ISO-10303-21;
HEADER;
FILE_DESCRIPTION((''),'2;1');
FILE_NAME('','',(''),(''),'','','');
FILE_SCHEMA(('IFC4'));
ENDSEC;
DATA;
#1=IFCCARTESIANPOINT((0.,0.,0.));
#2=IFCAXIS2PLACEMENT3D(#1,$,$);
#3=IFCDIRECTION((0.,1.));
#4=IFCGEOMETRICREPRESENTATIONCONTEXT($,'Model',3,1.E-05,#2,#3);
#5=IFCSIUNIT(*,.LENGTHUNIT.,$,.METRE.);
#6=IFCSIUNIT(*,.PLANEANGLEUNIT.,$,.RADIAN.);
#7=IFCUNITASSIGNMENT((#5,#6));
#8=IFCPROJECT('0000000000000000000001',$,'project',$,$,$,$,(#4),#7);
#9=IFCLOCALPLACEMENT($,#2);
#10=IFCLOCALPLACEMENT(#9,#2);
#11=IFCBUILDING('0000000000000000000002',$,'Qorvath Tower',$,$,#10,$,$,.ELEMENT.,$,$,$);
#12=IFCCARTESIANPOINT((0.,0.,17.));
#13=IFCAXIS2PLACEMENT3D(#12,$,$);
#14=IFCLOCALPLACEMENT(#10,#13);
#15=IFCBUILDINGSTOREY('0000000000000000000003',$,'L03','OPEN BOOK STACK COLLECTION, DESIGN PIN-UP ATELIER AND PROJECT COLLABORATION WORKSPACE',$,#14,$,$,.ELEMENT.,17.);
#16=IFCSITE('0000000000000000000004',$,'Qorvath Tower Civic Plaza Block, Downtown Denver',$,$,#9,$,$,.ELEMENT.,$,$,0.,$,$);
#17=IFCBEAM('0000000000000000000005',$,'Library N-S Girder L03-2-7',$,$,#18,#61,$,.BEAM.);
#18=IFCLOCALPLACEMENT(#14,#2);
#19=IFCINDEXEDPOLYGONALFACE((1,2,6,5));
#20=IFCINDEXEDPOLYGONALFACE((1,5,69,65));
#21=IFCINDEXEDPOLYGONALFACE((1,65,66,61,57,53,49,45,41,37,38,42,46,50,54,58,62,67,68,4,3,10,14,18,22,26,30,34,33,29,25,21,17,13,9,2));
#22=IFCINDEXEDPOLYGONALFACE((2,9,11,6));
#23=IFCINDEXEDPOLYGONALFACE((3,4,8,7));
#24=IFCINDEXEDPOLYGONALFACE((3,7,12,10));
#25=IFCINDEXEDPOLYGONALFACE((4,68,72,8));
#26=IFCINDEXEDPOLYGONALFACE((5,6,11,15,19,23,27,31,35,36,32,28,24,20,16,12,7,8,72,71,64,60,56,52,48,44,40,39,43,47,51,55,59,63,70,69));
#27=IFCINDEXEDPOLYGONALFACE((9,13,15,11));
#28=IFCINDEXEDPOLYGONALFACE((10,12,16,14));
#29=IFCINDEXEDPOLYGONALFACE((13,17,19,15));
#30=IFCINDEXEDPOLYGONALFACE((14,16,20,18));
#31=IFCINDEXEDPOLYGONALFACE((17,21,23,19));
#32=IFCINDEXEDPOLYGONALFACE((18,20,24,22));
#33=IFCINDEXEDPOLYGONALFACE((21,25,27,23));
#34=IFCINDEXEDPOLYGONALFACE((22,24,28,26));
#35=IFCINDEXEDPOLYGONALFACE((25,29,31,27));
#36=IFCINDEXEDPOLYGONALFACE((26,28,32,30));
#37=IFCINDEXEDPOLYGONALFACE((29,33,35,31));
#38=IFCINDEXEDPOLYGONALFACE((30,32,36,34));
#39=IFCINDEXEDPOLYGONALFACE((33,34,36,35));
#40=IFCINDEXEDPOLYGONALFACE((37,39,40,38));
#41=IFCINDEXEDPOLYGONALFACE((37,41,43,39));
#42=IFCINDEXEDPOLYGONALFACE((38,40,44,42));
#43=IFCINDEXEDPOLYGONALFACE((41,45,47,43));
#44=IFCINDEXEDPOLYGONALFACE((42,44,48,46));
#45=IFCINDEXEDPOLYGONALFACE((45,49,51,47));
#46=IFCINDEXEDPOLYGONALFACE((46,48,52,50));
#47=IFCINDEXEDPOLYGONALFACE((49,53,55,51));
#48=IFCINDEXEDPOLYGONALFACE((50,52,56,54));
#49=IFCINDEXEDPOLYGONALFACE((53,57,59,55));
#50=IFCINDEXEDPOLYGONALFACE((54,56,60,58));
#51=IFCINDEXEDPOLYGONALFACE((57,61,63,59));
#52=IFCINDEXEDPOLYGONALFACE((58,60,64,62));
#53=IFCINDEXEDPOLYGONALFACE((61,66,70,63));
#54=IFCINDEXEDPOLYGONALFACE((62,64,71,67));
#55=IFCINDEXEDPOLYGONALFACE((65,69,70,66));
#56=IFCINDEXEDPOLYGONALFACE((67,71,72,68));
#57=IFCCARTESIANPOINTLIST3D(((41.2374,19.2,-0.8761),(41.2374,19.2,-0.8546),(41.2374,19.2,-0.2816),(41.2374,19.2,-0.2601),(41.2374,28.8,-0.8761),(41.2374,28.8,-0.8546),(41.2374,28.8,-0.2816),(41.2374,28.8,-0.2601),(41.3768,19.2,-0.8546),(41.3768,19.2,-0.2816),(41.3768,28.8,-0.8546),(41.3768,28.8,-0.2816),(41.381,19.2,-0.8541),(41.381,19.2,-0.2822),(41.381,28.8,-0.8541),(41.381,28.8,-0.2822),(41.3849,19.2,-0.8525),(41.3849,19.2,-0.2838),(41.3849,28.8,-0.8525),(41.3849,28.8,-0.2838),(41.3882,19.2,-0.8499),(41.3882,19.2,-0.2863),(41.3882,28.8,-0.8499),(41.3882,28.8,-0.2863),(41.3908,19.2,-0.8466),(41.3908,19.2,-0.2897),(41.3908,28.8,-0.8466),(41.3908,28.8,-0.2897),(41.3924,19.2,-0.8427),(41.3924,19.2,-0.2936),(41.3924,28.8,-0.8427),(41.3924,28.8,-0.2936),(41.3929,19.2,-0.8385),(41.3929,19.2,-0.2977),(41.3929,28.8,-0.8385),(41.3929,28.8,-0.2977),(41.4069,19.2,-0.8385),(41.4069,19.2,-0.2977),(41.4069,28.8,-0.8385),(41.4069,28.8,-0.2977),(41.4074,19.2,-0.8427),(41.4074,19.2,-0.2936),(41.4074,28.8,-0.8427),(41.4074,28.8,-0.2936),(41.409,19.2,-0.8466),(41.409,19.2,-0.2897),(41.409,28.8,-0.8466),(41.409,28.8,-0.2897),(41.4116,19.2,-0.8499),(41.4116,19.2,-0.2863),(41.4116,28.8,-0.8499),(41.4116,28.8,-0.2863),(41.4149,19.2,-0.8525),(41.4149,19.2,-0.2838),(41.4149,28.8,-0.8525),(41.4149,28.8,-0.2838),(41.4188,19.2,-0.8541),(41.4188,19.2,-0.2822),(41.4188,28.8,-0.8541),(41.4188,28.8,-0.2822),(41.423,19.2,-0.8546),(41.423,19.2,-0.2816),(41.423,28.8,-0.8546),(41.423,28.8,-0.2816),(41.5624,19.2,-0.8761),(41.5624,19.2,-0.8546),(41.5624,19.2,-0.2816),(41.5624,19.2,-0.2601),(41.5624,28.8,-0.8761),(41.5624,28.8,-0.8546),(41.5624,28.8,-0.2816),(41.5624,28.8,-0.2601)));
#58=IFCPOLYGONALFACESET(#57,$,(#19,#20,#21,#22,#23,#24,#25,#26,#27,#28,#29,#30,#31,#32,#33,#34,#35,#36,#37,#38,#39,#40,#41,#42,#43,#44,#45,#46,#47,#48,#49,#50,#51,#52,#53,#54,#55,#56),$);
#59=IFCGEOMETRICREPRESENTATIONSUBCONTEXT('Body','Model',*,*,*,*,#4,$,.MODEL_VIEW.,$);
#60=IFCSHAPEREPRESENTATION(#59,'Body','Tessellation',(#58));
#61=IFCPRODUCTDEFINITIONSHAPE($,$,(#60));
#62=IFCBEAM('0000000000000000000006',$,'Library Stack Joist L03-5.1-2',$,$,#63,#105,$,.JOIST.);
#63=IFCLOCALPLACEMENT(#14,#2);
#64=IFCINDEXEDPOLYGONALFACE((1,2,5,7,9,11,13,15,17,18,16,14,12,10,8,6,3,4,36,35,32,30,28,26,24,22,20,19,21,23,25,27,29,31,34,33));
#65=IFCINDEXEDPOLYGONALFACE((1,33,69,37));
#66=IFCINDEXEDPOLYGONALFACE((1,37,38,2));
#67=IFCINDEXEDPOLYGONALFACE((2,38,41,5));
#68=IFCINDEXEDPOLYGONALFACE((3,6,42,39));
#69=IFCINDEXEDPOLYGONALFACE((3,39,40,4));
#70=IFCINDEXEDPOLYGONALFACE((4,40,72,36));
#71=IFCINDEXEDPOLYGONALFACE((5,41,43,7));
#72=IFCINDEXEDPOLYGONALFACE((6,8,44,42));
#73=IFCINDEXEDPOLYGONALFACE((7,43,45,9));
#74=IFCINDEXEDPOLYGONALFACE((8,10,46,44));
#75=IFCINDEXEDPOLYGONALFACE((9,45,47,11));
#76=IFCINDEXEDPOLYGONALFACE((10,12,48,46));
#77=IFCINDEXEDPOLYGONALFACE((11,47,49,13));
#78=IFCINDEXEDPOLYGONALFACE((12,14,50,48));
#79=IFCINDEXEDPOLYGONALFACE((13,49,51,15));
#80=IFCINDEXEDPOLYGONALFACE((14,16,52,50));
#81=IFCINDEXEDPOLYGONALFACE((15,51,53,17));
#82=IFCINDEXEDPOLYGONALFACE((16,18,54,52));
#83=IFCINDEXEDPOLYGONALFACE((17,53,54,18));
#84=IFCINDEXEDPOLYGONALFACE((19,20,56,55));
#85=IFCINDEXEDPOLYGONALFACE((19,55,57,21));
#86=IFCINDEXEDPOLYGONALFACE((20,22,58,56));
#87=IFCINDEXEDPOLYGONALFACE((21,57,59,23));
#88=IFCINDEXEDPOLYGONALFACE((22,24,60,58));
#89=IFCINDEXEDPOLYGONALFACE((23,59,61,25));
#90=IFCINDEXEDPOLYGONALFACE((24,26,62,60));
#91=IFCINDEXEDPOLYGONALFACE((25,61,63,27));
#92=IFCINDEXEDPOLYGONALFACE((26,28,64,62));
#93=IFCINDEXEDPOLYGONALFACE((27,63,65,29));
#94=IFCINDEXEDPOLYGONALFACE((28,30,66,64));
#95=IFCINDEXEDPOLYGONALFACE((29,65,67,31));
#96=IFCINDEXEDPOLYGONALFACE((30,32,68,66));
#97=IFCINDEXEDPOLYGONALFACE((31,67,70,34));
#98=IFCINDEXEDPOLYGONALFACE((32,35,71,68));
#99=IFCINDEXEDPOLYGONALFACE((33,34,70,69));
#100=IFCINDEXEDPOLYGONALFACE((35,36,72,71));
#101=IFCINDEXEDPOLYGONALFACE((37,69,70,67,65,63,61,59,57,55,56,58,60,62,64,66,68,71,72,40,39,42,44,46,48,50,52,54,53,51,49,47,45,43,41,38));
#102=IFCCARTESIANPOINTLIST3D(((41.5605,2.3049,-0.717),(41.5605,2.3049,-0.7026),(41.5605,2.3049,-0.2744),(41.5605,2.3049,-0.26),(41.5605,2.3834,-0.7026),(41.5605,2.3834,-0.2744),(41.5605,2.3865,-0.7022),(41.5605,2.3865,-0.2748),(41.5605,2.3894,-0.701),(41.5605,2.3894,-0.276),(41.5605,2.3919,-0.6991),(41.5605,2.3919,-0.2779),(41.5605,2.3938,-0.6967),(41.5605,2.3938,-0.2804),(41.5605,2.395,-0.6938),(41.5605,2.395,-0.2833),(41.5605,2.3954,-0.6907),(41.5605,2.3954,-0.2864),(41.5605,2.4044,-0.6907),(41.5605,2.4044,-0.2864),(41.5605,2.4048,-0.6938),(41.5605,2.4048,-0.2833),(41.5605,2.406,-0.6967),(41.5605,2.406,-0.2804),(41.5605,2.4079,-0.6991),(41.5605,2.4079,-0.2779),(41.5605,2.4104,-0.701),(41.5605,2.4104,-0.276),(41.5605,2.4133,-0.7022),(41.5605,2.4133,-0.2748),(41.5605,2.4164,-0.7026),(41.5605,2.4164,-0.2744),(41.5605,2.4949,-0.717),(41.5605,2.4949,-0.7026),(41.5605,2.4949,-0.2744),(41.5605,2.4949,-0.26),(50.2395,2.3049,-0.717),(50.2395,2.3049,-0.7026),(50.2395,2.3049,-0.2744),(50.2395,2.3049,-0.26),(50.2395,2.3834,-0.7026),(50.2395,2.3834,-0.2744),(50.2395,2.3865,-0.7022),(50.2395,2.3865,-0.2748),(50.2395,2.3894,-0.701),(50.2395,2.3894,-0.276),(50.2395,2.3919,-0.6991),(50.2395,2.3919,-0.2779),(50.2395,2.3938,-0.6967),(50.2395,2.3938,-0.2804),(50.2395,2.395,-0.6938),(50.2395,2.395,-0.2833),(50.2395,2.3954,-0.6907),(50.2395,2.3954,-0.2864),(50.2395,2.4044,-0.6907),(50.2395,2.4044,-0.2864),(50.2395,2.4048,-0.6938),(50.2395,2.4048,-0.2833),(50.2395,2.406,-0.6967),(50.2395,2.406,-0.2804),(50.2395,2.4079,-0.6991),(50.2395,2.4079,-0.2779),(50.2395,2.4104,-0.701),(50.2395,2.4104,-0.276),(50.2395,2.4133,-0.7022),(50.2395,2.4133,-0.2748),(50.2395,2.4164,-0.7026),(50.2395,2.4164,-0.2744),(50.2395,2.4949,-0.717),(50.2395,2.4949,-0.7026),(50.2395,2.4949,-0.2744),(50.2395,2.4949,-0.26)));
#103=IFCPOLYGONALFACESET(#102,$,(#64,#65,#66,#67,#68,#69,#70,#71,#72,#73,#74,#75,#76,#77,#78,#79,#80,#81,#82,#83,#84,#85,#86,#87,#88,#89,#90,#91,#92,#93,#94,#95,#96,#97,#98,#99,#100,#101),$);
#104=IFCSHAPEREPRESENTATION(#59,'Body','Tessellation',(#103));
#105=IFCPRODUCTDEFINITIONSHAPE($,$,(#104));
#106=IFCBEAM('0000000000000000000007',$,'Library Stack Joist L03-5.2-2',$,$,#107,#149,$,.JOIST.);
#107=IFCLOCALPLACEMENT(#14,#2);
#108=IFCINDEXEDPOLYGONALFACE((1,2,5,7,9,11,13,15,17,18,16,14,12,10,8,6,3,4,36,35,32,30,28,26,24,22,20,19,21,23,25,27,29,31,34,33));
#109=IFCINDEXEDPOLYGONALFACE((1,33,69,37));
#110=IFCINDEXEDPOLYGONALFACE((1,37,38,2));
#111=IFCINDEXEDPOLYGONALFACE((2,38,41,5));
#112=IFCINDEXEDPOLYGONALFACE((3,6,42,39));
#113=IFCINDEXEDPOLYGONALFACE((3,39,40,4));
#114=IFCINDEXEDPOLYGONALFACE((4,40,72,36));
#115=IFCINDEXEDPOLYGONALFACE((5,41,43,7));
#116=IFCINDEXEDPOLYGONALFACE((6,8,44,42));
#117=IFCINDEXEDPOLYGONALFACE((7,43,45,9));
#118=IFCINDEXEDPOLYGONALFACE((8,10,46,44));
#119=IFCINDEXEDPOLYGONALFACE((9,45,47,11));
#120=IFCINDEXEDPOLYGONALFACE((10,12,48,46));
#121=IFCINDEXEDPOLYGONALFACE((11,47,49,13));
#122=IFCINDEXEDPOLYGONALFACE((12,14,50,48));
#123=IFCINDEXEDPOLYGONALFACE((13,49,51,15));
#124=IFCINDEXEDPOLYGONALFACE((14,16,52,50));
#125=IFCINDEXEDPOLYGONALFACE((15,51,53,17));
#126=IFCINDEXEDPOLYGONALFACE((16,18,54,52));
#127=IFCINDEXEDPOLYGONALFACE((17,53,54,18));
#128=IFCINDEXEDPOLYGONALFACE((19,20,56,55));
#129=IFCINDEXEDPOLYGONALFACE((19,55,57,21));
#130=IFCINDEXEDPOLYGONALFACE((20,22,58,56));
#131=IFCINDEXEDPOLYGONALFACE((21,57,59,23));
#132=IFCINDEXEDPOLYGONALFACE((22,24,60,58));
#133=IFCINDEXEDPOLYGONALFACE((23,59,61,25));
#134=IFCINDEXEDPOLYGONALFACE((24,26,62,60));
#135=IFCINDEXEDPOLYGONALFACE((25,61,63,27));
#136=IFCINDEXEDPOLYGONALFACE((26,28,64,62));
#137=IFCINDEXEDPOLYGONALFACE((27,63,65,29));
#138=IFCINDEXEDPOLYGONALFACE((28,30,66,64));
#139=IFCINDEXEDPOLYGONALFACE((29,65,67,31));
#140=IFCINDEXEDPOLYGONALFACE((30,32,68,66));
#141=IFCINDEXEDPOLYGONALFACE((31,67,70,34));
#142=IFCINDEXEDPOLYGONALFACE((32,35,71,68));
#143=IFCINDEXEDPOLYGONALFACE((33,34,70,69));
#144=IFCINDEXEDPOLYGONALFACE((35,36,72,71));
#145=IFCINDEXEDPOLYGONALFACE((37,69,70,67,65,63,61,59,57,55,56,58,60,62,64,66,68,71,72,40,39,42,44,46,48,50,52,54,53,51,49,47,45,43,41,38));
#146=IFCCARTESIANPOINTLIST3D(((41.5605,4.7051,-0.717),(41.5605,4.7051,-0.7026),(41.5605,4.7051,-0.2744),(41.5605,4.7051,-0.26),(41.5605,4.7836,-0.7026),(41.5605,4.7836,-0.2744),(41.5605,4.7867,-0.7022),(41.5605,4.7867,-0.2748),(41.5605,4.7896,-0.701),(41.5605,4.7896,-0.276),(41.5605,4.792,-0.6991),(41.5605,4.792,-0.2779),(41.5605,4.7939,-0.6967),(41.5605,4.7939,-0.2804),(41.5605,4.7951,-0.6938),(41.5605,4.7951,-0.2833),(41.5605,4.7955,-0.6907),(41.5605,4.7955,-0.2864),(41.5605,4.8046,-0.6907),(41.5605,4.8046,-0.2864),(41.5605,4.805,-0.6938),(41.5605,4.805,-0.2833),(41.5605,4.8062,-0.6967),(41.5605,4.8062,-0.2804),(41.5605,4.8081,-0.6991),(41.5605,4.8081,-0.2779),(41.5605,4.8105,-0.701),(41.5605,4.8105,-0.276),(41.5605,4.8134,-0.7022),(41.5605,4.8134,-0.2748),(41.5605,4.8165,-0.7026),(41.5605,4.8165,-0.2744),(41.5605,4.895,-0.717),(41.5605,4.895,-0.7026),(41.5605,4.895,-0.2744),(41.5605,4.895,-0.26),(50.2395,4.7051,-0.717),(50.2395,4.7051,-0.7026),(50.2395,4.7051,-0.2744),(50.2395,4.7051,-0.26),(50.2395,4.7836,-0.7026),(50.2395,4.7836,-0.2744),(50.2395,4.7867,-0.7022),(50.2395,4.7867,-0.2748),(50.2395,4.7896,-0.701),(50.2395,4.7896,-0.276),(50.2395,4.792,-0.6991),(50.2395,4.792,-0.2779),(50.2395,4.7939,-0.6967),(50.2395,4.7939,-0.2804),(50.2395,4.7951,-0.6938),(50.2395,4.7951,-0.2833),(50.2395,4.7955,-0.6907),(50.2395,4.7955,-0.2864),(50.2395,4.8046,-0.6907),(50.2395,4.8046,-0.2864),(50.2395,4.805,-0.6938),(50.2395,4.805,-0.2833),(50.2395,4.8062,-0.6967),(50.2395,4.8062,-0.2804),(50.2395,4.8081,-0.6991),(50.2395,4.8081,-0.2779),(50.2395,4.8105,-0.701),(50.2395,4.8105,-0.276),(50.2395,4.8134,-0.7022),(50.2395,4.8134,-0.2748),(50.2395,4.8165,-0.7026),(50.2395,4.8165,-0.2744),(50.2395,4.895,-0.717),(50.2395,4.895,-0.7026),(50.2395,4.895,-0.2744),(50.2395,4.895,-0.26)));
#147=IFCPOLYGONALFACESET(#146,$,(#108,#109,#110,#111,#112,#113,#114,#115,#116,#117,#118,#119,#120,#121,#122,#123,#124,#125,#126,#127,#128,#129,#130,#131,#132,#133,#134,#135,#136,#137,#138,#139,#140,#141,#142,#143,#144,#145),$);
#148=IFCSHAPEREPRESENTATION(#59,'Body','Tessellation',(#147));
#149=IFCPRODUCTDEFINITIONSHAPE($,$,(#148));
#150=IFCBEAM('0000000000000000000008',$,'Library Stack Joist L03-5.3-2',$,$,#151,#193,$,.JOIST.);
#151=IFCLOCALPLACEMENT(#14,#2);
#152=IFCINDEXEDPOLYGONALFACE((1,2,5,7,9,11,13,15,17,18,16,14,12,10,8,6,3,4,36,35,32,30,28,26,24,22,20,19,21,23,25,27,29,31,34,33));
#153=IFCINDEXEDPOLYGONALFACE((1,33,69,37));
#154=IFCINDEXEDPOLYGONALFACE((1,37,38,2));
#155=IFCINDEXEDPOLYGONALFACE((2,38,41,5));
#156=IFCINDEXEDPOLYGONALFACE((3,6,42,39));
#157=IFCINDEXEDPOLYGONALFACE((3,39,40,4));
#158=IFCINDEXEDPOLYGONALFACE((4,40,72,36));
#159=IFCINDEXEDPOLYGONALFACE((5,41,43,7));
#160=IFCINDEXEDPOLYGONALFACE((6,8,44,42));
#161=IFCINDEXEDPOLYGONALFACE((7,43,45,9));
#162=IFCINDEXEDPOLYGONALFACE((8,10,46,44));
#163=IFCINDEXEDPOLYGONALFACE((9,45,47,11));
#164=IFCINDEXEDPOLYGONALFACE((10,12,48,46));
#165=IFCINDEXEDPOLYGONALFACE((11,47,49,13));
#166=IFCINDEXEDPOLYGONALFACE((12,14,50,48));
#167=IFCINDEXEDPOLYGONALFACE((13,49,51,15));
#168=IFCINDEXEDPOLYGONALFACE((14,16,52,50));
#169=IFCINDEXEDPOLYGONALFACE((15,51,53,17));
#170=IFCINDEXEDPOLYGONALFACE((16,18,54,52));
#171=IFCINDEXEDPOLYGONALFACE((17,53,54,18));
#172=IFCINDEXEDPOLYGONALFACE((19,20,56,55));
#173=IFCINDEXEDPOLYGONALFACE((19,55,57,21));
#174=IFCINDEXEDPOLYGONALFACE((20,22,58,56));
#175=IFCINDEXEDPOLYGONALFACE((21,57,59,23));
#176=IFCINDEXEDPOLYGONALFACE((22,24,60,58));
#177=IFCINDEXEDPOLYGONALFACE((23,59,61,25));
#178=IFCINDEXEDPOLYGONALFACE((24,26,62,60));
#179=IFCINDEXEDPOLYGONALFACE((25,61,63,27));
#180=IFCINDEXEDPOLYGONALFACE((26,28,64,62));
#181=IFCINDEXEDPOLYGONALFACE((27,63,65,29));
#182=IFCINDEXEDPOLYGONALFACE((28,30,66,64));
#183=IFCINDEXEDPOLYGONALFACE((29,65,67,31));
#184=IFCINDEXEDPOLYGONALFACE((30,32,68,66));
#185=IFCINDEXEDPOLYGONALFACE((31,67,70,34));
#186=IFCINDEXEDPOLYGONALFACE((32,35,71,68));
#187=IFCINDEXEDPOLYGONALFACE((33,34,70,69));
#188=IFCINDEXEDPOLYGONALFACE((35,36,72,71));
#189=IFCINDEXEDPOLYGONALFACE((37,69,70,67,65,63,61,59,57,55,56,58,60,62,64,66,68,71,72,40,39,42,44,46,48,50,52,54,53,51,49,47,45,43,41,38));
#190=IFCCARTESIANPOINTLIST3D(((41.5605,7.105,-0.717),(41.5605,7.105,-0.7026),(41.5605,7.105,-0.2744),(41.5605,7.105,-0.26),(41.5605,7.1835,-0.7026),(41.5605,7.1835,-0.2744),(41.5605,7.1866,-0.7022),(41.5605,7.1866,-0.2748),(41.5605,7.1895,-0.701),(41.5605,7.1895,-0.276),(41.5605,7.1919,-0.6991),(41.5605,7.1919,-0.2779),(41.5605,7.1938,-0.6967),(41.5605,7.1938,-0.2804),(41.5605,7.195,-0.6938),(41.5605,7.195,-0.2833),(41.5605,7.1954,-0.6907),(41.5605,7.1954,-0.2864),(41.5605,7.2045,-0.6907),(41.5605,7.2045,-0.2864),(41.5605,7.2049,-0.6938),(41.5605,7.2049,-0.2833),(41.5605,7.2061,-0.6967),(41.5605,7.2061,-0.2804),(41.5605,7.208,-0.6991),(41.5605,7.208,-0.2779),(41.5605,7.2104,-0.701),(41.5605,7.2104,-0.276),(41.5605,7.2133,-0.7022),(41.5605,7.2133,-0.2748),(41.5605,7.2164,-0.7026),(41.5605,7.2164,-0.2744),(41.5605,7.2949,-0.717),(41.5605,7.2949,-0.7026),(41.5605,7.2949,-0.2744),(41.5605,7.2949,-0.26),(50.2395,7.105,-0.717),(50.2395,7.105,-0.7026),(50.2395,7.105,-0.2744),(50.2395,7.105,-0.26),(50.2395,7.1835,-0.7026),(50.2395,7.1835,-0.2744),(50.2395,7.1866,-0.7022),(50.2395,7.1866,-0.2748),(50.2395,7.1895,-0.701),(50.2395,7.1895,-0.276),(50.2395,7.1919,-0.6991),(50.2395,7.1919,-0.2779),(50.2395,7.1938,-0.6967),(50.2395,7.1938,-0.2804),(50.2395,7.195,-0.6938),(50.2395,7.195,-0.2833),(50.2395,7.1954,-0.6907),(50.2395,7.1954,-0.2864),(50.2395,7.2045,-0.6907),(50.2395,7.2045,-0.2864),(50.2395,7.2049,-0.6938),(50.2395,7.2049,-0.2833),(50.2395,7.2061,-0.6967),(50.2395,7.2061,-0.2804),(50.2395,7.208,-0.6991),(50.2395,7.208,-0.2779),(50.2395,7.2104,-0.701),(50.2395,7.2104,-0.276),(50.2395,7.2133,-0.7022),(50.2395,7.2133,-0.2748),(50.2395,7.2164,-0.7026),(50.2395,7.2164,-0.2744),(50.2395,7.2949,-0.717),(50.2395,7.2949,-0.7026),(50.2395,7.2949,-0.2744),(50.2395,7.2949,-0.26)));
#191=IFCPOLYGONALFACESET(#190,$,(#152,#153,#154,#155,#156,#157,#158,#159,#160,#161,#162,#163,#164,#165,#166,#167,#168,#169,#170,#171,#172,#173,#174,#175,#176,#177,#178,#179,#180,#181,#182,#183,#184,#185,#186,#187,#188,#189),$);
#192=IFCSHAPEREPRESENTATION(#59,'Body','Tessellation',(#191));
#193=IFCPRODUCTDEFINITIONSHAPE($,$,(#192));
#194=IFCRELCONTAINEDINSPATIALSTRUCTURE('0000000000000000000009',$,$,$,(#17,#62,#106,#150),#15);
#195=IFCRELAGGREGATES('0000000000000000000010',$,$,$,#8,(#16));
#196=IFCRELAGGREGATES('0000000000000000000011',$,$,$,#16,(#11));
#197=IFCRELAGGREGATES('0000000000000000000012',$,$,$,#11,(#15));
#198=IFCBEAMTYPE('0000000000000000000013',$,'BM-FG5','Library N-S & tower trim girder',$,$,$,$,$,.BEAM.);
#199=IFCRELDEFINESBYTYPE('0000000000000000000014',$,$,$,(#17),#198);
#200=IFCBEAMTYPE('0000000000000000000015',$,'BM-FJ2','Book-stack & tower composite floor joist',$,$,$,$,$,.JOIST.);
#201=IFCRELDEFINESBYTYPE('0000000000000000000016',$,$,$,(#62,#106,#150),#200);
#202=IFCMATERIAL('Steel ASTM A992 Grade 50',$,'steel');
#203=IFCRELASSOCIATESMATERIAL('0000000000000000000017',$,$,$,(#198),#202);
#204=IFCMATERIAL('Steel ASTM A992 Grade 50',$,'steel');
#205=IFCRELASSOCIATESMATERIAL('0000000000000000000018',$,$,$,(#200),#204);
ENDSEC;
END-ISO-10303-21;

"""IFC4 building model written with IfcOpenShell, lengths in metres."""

from ifc_helpers import new_model, si_unit, direction, frame, origin, origin_2d, place, context, subcontext, project, spatial, i_section, extrude, material, material_profile, profile_set, type_object, element, save


model = new_model("IFC4")

# Units and contexts
model_context = context("Model", 3, precision=1e-05, world=origin(), true_north=direction((0.0, 1.0)))
body_context = subcontext(model_context, "Body", "Model", "MODEL_VIEW")
ifc_project = project(units=[si_unit("LENGTHUNIT", "METRE"), si_unit("PLANEANGLEUNIT", "RADIAN")], contexts=[model_context])

# Site, building, storey
site_placement = place(None, origin())
site = spatial("IfcSite", under=ifc_project, at=site_placement, Name="Qorvath Tower Civic Plaza Block, Downtown Denver", CompositionType="ELEMENT", RefElevation=0.0)
building_placement = place(site_placement, origin())
building = spatial("IfcBuilding", under=site, at=building_placement, Name="Qorvath Tower", CompositionType="ELEMENT")
storey_placement = place(building_placement, frame((0.0, 0.0, 17.0)))
storey = spatial("IfcBuildingStorey", under=building, at=storey_placement, Name="L03", Description="OPEN BOOK STACK COLLECTION, DESIGN PIN-UP ATELIER AND PROJECT COLLABORATION WORKSPACE", CompositionType="ELEMENT", Elevation=17.0)

# Beams
ifc_material_1 = material(Name="Steel ASTM A992 Grade 50", Category="steel")
ifc_material_profile_1 = material_profile(ifc_material_1, i_section(OverallWidth=0.325, OverallDepth=0.616, WebThickness=0.0139, FlangeThickness=0.0215, FilletRadius=0.0161, at=origin_2d()), Name="W24x117")
ifc_profile_set_1 = profile_set([ifc_material_profile_1], Name="Steel ASTM A992 Grade 50")
beam_type_1 = type_object("IfcBeamType", Name="BM-FG5", Description="Library N-S & tower trim girder", PredefinedType="BEAM", material=ifc_profile_set_1)
beam_1_placement = place(storey_placement, frame((41.3999, 19.2, -0.5681), z_axis=(0.0, 1.0, 0.0), x_axis=(-1.0, 0.0, 0.0)))
element("IfcBeam", 1, at=beam_1_placement, inside=storey, type_object=beam_type_1, Name="Library N-S Girder L03-2-7", PredefinedType="BEAM", context=body_context, shape_type="SweptSolid", body=[
    extrude(i_section(OverallWidth=0.325, OverallDepth=0.616, WebThickness=0.0139, FlangeThickness=0.0215, FilletRadius=0.0161, at=origin_2d()), origin(), (0.0, 0.0, 1.0), 9.6001),
])
ifc_material_2 = material(Name="Steel ASTM A992 Grade 50", Category="steel")
ifc_material_profile_2 = material_profile(ifc_material_2, i_section(OverallWidth=0.1899, OverallDepth=0.457, WebThickness=0.009, FlangeThickness=0.0144, FilletRadius=0.012, at=origin_2d()), Name="W18x50")
ifc_profile_set_2 = profile_set([ifc_material_profile_2], Name="Steel ASTM A992 Grade 50")
beam_type_2 = type_object("IfcBeamType", Name="BM-FJ2", Description="Book-stack & tower composite floor joist", PredefinedType="JOIST", material=ifc_profile_set_2)
for number, where, z_axis, x_axis, name in (
    (2, (41.5605, 2.3999, -0.4885), (1.0, 0.0, 0.0), (0.0, 1.0, 0.0), "Library Stack Joist L03-5.1-2"),
    (3, (41.5605, 4.8, -0.4885), (1.0, 0.0, 0.0), (0.0, 1.0, 0.0), "Library Stack Joist L03-5.2-2"),
    (4, (41.5605, 7.2, -0.4885), (1.0, 0.0, 0.0), (0.0, 1.0, 0.0), "Library Stack Joist L03-5.3-2"),
):
    element("IfcBeam", number, at=place(storey_placement, frame(where, z_axis=z_axis, x_axis=x_axis)), inside=storey, type_object=beam_type_2, Name=name, PredefinedType="JOIST", context=body_context, shape_type="SweptSolid", body=[
        extrude(i_section(OverallWidth=0.1899, OverallDepth=0.457, WebThickness=0.009, FlangeThickness=0.0144, FilletRadius=0.012, at=origin_2d()), origin(), (0.0, 0.0, 1.0), 8.679),
    ])

save(model, "model.ifc")
